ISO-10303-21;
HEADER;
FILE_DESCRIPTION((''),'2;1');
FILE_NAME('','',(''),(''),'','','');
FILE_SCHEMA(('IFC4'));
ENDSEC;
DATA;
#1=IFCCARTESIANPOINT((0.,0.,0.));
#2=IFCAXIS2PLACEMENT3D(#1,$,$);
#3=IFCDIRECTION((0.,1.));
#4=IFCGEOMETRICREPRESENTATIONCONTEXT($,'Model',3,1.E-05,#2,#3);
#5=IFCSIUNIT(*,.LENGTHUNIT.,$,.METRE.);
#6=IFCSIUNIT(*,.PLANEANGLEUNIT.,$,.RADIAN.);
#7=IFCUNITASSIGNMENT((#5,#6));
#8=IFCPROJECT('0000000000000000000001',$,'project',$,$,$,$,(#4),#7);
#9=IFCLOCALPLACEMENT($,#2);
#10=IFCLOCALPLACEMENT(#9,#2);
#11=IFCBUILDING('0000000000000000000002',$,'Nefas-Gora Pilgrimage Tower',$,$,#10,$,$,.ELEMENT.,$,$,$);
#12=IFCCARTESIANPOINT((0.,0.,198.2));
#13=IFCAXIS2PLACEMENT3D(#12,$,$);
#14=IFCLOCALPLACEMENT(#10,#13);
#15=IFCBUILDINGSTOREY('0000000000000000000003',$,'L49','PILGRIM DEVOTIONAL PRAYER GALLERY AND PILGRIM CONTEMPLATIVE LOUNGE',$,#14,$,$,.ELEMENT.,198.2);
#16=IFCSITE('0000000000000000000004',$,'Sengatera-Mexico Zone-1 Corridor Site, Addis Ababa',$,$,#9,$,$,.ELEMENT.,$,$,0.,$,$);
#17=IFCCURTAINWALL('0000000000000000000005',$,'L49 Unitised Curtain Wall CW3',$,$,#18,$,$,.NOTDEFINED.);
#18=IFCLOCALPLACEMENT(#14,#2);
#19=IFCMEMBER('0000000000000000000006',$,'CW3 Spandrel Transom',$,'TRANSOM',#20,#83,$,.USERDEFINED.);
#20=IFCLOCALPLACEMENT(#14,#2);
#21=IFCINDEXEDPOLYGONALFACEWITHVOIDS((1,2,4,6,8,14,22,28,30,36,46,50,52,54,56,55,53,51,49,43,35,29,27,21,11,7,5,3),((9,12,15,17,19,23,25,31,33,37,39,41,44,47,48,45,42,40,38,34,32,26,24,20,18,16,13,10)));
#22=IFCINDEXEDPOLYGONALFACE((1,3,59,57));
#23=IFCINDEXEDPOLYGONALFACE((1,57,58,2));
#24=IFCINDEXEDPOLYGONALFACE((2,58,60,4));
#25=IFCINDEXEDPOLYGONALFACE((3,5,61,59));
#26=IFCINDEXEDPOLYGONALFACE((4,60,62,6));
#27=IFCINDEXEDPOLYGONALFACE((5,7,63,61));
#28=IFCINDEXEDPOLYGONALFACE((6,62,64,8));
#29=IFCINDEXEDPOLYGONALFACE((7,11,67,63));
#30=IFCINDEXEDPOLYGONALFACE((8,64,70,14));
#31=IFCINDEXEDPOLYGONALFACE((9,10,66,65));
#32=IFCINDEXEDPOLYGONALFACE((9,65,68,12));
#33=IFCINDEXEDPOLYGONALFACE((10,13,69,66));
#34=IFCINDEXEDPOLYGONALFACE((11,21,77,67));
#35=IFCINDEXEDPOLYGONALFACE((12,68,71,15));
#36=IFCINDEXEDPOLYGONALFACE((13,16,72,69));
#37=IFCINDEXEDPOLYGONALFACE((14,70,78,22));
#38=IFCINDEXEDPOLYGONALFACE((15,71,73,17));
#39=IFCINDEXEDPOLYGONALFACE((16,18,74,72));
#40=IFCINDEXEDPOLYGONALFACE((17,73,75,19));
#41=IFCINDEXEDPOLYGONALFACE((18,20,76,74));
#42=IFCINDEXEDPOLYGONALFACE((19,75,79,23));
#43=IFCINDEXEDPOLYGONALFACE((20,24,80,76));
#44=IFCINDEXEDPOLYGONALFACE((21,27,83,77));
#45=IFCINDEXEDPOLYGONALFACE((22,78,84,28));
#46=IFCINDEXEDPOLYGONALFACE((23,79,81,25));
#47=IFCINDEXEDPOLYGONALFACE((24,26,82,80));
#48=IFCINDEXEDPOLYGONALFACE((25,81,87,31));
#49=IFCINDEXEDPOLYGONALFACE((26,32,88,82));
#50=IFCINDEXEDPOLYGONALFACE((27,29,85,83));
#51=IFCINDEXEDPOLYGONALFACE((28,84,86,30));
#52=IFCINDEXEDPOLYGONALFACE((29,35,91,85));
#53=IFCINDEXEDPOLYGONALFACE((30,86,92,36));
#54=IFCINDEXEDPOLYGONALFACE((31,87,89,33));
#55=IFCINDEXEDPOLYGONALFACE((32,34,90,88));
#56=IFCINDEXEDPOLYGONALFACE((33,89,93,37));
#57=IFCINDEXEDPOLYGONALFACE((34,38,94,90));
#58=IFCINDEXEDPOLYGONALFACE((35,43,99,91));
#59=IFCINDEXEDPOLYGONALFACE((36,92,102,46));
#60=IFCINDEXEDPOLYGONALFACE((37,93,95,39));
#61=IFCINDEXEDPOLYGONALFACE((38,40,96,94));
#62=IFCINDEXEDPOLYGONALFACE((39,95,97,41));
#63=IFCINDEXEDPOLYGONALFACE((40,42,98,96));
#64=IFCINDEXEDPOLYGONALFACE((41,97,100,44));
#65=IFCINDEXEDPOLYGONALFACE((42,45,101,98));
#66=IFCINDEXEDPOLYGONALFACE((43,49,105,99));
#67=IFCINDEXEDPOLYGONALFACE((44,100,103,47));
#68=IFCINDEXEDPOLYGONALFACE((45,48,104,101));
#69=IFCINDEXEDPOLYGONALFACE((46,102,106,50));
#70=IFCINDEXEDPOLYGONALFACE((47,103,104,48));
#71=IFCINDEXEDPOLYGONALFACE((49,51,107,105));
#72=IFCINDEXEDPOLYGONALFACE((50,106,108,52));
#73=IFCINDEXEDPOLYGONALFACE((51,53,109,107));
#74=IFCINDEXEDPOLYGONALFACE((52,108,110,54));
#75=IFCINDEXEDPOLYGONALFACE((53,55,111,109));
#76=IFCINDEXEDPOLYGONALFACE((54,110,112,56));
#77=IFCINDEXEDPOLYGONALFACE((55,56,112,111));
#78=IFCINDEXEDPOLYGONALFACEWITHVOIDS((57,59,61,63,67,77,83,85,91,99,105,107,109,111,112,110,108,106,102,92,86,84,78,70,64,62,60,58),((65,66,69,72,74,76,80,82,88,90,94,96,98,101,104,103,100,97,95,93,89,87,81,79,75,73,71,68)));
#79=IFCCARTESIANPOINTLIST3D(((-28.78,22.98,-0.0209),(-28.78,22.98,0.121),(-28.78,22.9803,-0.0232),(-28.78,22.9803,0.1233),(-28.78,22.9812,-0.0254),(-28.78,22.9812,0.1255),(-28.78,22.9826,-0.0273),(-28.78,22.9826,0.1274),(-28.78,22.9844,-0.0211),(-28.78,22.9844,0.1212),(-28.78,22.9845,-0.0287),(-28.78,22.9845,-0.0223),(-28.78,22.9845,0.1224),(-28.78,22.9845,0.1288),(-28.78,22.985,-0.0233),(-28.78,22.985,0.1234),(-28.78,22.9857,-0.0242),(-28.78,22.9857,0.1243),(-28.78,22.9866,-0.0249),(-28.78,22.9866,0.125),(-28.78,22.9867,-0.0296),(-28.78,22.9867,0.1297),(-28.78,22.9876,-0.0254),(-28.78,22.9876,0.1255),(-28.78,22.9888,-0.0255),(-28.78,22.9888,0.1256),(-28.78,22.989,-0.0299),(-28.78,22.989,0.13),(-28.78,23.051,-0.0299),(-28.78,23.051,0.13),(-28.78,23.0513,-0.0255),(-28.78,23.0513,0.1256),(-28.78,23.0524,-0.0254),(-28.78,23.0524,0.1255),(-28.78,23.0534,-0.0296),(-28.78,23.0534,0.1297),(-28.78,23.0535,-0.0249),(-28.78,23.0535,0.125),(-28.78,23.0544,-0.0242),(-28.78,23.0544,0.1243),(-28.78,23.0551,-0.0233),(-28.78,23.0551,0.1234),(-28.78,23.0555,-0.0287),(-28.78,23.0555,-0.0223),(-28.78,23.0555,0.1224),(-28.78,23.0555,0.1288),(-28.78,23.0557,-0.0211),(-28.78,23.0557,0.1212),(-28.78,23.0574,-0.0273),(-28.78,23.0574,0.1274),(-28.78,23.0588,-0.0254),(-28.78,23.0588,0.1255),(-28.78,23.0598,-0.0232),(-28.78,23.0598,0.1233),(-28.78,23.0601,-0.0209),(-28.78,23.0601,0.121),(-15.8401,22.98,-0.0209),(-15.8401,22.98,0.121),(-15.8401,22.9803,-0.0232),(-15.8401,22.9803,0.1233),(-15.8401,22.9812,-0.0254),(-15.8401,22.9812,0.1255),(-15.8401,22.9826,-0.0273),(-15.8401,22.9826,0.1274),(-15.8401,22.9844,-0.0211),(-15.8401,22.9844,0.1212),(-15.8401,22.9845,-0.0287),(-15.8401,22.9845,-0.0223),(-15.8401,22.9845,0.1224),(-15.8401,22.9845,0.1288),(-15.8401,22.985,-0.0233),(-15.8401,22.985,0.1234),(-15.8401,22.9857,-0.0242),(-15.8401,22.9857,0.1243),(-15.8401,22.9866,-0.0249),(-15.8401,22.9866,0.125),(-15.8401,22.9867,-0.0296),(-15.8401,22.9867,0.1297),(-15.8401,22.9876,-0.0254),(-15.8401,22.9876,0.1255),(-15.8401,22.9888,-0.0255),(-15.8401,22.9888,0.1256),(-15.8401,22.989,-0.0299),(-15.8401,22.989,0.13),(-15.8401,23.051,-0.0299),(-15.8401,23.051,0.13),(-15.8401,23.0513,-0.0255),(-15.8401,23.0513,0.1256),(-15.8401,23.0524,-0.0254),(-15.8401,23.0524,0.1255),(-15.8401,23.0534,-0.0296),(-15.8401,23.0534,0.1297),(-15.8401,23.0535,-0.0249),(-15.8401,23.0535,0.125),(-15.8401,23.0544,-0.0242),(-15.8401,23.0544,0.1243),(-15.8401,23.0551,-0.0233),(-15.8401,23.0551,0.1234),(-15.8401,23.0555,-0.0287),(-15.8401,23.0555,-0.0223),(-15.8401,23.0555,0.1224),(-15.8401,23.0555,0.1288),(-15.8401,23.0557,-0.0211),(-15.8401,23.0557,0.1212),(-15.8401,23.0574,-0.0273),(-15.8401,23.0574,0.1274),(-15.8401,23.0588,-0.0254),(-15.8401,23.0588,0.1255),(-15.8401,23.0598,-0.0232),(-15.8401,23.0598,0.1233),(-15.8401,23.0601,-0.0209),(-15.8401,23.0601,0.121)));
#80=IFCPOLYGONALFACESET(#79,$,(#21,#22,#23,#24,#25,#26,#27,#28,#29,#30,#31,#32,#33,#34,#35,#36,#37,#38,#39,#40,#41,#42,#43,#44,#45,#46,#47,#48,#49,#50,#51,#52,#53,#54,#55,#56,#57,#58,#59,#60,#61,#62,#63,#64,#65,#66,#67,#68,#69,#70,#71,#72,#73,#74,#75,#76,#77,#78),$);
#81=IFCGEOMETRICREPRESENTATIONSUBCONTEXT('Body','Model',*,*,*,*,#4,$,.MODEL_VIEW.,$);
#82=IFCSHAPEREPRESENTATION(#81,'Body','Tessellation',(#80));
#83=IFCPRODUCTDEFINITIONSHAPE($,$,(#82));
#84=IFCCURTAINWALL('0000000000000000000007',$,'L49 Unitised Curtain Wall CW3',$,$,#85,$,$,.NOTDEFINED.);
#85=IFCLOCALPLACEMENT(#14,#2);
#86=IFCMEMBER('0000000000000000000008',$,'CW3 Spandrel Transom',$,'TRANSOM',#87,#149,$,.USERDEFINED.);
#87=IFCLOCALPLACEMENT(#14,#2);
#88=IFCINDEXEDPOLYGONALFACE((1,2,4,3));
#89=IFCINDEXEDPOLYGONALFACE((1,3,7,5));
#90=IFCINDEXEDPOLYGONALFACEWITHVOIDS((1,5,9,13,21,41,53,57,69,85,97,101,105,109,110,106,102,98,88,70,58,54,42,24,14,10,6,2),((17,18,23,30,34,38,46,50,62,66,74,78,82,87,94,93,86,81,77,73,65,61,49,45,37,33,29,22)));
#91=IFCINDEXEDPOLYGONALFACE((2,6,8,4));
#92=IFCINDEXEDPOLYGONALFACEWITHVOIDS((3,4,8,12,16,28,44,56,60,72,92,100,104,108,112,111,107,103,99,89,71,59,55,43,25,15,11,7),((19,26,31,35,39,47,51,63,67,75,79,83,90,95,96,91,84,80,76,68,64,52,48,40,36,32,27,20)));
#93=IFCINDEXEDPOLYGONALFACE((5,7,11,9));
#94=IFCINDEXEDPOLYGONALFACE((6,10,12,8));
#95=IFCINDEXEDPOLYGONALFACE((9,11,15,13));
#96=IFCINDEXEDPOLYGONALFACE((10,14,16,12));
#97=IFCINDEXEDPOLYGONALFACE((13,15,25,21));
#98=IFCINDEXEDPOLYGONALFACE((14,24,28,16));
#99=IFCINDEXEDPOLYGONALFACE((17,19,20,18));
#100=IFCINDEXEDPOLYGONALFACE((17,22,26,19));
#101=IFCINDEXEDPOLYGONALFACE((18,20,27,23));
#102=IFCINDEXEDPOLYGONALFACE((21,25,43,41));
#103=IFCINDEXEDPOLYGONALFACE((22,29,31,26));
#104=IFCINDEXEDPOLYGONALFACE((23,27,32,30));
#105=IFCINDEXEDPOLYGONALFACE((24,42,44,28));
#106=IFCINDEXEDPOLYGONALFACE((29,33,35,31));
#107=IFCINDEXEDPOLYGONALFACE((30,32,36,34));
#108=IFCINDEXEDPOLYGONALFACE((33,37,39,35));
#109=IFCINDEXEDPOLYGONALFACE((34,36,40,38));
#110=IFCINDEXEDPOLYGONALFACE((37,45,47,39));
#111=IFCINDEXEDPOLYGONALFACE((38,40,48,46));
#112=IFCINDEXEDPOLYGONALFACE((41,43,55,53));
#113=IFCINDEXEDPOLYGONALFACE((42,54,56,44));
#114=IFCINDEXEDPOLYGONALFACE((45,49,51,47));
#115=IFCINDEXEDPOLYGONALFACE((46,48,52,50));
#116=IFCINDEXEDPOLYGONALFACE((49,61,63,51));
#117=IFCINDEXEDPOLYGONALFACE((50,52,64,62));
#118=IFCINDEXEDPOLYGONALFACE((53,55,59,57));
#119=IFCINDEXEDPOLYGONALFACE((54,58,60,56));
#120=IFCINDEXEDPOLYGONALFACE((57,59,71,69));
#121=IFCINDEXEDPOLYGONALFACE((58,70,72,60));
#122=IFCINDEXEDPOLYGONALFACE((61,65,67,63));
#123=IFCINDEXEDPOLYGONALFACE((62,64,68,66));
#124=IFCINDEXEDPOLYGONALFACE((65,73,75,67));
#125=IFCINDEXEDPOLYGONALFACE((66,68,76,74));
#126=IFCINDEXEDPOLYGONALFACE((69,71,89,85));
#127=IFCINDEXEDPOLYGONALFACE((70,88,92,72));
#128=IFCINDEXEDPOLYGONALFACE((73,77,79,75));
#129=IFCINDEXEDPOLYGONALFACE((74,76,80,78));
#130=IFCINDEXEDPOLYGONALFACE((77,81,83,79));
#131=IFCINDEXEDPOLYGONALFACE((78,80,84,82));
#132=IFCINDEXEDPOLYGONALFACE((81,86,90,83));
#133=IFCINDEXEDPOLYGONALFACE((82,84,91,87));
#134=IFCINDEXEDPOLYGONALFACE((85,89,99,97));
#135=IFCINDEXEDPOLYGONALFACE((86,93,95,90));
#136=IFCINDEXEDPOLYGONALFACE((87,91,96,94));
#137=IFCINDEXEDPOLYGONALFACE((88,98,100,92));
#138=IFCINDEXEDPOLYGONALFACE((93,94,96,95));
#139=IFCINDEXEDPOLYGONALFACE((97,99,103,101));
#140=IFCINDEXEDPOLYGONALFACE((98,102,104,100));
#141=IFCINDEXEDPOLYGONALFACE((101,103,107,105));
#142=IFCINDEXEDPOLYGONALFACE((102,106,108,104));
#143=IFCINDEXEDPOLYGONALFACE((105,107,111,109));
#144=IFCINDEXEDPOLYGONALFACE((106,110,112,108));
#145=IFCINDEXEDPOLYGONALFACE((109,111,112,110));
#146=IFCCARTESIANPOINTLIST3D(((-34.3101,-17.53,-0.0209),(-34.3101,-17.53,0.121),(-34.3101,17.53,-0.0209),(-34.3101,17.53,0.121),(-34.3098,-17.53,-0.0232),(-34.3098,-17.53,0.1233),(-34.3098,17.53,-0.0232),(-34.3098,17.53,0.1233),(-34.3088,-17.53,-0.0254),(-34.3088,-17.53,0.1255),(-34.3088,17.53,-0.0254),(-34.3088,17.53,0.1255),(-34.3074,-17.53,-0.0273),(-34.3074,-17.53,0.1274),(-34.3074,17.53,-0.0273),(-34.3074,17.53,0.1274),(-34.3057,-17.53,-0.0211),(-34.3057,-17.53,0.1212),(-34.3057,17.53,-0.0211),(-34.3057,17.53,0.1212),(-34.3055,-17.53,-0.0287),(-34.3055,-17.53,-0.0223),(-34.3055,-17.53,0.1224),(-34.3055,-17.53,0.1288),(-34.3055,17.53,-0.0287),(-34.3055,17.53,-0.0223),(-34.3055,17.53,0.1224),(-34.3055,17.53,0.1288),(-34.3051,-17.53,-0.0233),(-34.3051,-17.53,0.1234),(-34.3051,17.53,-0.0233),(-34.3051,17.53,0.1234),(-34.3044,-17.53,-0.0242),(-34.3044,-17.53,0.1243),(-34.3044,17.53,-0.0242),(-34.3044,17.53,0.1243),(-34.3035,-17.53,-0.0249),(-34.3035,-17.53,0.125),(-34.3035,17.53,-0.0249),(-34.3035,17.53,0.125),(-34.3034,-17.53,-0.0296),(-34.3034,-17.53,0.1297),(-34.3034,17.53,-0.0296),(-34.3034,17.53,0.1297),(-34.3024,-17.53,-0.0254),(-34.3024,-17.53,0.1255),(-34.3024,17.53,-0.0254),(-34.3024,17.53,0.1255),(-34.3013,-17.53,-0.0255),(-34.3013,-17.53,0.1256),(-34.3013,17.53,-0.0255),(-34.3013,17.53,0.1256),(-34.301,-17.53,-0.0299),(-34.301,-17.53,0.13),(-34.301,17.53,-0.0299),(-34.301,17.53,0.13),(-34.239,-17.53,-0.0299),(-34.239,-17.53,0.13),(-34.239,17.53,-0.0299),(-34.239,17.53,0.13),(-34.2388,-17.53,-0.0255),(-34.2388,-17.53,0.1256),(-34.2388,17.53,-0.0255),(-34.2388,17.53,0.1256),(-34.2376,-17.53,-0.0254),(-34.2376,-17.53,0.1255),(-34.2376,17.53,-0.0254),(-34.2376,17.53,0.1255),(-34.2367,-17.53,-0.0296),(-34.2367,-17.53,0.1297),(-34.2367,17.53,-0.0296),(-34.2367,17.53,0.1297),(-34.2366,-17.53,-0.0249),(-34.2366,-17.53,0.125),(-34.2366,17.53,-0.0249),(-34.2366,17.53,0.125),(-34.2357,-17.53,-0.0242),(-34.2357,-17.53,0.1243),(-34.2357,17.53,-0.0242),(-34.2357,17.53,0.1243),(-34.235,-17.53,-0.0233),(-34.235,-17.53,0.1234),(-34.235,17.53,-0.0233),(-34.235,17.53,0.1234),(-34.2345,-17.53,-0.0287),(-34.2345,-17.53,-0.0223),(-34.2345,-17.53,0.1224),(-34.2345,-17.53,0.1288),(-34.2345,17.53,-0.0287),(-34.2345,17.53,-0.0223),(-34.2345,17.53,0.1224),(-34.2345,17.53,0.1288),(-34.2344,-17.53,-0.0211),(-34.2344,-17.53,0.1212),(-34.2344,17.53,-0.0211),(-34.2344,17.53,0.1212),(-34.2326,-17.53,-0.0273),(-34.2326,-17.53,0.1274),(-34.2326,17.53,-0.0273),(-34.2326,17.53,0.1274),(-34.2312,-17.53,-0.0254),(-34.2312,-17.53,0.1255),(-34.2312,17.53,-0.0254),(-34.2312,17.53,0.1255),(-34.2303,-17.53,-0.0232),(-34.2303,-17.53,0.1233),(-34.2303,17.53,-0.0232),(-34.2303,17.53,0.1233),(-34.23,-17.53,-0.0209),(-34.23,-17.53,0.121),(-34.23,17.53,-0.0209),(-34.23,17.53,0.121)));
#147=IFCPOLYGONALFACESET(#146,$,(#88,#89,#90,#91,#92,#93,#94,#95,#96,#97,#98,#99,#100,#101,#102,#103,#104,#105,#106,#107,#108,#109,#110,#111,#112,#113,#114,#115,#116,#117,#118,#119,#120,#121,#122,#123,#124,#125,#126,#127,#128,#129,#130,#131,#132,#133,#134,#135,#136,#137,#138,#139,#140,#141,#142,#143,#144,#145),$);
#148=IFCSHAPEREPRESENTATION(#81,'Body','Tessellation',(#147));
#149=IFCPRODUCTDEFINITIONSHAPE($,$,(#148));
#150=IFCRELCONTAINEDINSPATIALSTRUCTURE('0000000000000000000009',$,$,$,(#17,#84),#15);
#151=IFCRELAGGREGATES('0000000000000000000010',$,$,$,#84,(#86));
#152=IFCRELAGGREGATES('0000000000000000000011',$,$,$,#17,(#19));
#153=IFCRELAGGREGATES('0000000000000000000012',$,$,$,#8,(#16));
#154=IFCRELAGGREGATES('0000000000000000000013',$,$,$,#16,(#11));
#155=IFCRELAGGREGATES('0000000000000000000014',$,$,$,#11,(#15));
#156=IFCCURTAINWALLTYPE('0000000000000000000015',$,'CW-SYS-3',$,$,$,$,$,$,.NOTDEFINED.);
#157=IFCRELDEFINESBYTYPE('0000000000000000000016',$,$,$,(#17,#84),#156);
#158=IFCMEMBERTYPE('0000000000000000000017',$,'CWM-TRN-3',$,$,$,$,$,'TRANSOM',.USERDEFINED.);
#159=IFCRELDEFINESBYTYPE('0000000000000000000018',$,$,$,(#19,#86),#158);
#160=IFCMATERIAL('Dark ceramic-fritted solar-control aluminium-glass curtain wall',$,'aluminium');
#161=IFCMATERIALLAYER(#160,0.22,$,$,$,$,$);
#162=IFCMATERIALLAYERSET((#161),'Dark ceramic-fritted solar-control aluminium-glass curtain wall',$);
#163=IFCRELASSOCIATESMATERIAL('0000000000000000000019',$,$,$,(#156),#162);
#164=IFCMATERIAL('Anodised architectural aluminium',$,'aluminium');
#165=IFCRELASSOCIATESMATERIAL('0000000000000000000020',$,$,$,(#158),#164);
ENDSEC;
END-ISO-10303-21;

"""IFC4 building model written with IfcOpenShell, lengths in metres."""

from ifc_helpers import new_model, si_unit, direction, frame, origin, origin_2d, place, context, subcontext, project, spatial, hollow_rectangle, extrude, source, transform, mapped, material, layer, layer_set, material_profile, profile_set, type_object, element, aggregate, save


model = new_model("IFC4")

# Units and contexts
model_context = context("Model", 3, precision=1e-05, world=origin(), true_north=direction((0.0, 1.0)))
body_context = subcontext(model_context, "Body", "Model", "MODEL_VIEW")
ifc_project = project(units=[si_unit("LENGTHUNIT", "METRE"), si_unit("PLANEANGLEUNIT", "RADIAN")], contexts=[model_context])

# Site, building, storey
site_placement = place(None, origin())
site = spatial("IfcSite", under=ifc_project, at=site_placement, Name="Sengatera-Mexico Zone-1 Corridor Site, Addis Ababa", CompositionType="ELEMENT", RefElevation=0.0)
building_placement = place(site_placement, origin())
building = spatial("IfcBuilding", under=site, at=building_placement, Name="Nefas-Gora Pilgrimage Tower", CompositionType="ELEMENT")
storey_placement = place(building_placement, frame((0.0, 0.0, 198.2)))
storey = spatial("IfcBuildingStorey", under=building, at=storey_placement, Name="L49", Description="PILGRIM DEVOTIONAL PRAYER GALLERY AND PILGRIM CONTEMPLATIVE LOUNGE", CompositionType="ELEMENT", Elevation=198.2)

# Curtain walls, members
ifc_material_1 = material(Name="Dark ceramic-fritted solar-control aluminium-glass curtain wall", Category="aluminium")
ifc_material_2 = material(Name="Anodised architectural aluminium", Category="aluminium")
ifc_layer_1 = layer(ifc_material_1, 0.22)
ifc_layer_set_1 = layer_set([ifc_layer_1], Name="Dark ceramic-fritted solar-control aluminium-glass curtain wall")
curtain_wall_type_1 = type_object("IfcCurtainWallType", Name="CW-SYS-3", PredefinedType="NOTDEFINED", material=ifc_layer_set_1)
curtain_wall_1_placement = place(storey_placement, origin())
curtain_wall_1 = element("IfcCurtainWall", 1, at=curtain_wall_1_placement, inside=storey, type_object=curtain_wall_type_1, Name="L49 Unitised Curtain Wall CW3", PredefinedType="NOTDEFINED")
ifc_material_profile_1 = material_profile(ifc_material_2, hollow_rectangle(XDim=0.0801, YDim=0.1599, WallThickness=0.0044, InnerFilletRadius=0.0044, OuterFilletRadius=0.009, at=origin_2d()), Name="ALU TRANSOM 80x160")
ifc_profile_set_1 = profile_set([ifc_material_profile_1], Name="Anodised architectural aluminium")
member_type_1 = type_object("IfcMemberType", Name="CWM-TRN-3", ElementType="TRANSOM", PredefinedType="USERDEFINED", material=ifc_profile_set_1)
shared_shape_1 = source(origin(), body_context, "Body", "SweptSolid", [
    extrude(hollow_rectangle(XDim=0.0801, YDim=0.1599, WallThickness=0.0044, InnerFilletRadius=0.0044, OuterFilletRadius=0.009, at=origin_2d()), origin(), (0.0, 0.0, 1.0), 12.9399),
])
member_1_placement = place(storey_placement, frame((-15.8401, 23.02, 0.05), z_axis=(-1.0, 0.0, 0.0), x_axis=(0.0, -1.0, 0.0)))
member_1 = element("IfcMember", 2, at=member_1_placement, type_object=member_type_1, Name="CW3 Spandrel Transom", ObjectType="TRANSOM", PredefinedType="USERDEFINED", context=body_context, shape_type="MappedRepresentation", body=[
    mapped(shared_shape_1, transform((0.0, 0.0, 0.0), x_axis=(1.0, 0.0, 0.0), y_axis=(0.0, 1.0, 0.0), z_axis=(0.0, 0.0, 1.0), scale=1.0)),
])
curtain_wall_2_placement = place(storey_placement, origin())
curtain_wall_2 = element("IfcCurtainWall", 3, at=curtain_wall_2_placement, inside=storey, type_object=curtain_wall_type_1, Name="L49 Unitised Curtain Wall CW3", PredefinedType="NOTDEFINED")
shared_shape_2 = source(origin(), body_context, "Body", "SweptSolid", [
    extrude(hollow_rectangle(XDim=0.0801, YDim=0.1599, WallThickness=0.0044, InnerFilletRadius=0.0044, OuterFilletRadius=0.009, at=origin_2d()), origin(), (0.0, 0.0, 1.0), 35.0601),
])
member_2_placement = place(storey_placement, frame((-34.27, 17.53, 0.05), z_axis=(0.0, -1.0, 0.0), x_axis=(1.0, 0.0, 0.0)))
member_2 = element("IfcMember", 4, at=member_2_placement, type_object=member_type_1, Name="CW3 Spandrel Transom", ObjectType="TRANSOM", PredefinedType="USERDEFINED", context=body_context, shape_type="MappedRepresentation", body=[
    mapped(shared_shape_2, transform((0.0, 0.0, 0.0), x_axis=(1.0, 0.0, 0.0), y_axis=(0.0, 1.0, 0.0), z_axis=(0.0, 0.0, 1.0), scale=1.0)),
])

aggregate(curtain_wall_2, [member_2])

aggregate(curtain_wall_1, [member_1])

save(model, "model.ifc")
